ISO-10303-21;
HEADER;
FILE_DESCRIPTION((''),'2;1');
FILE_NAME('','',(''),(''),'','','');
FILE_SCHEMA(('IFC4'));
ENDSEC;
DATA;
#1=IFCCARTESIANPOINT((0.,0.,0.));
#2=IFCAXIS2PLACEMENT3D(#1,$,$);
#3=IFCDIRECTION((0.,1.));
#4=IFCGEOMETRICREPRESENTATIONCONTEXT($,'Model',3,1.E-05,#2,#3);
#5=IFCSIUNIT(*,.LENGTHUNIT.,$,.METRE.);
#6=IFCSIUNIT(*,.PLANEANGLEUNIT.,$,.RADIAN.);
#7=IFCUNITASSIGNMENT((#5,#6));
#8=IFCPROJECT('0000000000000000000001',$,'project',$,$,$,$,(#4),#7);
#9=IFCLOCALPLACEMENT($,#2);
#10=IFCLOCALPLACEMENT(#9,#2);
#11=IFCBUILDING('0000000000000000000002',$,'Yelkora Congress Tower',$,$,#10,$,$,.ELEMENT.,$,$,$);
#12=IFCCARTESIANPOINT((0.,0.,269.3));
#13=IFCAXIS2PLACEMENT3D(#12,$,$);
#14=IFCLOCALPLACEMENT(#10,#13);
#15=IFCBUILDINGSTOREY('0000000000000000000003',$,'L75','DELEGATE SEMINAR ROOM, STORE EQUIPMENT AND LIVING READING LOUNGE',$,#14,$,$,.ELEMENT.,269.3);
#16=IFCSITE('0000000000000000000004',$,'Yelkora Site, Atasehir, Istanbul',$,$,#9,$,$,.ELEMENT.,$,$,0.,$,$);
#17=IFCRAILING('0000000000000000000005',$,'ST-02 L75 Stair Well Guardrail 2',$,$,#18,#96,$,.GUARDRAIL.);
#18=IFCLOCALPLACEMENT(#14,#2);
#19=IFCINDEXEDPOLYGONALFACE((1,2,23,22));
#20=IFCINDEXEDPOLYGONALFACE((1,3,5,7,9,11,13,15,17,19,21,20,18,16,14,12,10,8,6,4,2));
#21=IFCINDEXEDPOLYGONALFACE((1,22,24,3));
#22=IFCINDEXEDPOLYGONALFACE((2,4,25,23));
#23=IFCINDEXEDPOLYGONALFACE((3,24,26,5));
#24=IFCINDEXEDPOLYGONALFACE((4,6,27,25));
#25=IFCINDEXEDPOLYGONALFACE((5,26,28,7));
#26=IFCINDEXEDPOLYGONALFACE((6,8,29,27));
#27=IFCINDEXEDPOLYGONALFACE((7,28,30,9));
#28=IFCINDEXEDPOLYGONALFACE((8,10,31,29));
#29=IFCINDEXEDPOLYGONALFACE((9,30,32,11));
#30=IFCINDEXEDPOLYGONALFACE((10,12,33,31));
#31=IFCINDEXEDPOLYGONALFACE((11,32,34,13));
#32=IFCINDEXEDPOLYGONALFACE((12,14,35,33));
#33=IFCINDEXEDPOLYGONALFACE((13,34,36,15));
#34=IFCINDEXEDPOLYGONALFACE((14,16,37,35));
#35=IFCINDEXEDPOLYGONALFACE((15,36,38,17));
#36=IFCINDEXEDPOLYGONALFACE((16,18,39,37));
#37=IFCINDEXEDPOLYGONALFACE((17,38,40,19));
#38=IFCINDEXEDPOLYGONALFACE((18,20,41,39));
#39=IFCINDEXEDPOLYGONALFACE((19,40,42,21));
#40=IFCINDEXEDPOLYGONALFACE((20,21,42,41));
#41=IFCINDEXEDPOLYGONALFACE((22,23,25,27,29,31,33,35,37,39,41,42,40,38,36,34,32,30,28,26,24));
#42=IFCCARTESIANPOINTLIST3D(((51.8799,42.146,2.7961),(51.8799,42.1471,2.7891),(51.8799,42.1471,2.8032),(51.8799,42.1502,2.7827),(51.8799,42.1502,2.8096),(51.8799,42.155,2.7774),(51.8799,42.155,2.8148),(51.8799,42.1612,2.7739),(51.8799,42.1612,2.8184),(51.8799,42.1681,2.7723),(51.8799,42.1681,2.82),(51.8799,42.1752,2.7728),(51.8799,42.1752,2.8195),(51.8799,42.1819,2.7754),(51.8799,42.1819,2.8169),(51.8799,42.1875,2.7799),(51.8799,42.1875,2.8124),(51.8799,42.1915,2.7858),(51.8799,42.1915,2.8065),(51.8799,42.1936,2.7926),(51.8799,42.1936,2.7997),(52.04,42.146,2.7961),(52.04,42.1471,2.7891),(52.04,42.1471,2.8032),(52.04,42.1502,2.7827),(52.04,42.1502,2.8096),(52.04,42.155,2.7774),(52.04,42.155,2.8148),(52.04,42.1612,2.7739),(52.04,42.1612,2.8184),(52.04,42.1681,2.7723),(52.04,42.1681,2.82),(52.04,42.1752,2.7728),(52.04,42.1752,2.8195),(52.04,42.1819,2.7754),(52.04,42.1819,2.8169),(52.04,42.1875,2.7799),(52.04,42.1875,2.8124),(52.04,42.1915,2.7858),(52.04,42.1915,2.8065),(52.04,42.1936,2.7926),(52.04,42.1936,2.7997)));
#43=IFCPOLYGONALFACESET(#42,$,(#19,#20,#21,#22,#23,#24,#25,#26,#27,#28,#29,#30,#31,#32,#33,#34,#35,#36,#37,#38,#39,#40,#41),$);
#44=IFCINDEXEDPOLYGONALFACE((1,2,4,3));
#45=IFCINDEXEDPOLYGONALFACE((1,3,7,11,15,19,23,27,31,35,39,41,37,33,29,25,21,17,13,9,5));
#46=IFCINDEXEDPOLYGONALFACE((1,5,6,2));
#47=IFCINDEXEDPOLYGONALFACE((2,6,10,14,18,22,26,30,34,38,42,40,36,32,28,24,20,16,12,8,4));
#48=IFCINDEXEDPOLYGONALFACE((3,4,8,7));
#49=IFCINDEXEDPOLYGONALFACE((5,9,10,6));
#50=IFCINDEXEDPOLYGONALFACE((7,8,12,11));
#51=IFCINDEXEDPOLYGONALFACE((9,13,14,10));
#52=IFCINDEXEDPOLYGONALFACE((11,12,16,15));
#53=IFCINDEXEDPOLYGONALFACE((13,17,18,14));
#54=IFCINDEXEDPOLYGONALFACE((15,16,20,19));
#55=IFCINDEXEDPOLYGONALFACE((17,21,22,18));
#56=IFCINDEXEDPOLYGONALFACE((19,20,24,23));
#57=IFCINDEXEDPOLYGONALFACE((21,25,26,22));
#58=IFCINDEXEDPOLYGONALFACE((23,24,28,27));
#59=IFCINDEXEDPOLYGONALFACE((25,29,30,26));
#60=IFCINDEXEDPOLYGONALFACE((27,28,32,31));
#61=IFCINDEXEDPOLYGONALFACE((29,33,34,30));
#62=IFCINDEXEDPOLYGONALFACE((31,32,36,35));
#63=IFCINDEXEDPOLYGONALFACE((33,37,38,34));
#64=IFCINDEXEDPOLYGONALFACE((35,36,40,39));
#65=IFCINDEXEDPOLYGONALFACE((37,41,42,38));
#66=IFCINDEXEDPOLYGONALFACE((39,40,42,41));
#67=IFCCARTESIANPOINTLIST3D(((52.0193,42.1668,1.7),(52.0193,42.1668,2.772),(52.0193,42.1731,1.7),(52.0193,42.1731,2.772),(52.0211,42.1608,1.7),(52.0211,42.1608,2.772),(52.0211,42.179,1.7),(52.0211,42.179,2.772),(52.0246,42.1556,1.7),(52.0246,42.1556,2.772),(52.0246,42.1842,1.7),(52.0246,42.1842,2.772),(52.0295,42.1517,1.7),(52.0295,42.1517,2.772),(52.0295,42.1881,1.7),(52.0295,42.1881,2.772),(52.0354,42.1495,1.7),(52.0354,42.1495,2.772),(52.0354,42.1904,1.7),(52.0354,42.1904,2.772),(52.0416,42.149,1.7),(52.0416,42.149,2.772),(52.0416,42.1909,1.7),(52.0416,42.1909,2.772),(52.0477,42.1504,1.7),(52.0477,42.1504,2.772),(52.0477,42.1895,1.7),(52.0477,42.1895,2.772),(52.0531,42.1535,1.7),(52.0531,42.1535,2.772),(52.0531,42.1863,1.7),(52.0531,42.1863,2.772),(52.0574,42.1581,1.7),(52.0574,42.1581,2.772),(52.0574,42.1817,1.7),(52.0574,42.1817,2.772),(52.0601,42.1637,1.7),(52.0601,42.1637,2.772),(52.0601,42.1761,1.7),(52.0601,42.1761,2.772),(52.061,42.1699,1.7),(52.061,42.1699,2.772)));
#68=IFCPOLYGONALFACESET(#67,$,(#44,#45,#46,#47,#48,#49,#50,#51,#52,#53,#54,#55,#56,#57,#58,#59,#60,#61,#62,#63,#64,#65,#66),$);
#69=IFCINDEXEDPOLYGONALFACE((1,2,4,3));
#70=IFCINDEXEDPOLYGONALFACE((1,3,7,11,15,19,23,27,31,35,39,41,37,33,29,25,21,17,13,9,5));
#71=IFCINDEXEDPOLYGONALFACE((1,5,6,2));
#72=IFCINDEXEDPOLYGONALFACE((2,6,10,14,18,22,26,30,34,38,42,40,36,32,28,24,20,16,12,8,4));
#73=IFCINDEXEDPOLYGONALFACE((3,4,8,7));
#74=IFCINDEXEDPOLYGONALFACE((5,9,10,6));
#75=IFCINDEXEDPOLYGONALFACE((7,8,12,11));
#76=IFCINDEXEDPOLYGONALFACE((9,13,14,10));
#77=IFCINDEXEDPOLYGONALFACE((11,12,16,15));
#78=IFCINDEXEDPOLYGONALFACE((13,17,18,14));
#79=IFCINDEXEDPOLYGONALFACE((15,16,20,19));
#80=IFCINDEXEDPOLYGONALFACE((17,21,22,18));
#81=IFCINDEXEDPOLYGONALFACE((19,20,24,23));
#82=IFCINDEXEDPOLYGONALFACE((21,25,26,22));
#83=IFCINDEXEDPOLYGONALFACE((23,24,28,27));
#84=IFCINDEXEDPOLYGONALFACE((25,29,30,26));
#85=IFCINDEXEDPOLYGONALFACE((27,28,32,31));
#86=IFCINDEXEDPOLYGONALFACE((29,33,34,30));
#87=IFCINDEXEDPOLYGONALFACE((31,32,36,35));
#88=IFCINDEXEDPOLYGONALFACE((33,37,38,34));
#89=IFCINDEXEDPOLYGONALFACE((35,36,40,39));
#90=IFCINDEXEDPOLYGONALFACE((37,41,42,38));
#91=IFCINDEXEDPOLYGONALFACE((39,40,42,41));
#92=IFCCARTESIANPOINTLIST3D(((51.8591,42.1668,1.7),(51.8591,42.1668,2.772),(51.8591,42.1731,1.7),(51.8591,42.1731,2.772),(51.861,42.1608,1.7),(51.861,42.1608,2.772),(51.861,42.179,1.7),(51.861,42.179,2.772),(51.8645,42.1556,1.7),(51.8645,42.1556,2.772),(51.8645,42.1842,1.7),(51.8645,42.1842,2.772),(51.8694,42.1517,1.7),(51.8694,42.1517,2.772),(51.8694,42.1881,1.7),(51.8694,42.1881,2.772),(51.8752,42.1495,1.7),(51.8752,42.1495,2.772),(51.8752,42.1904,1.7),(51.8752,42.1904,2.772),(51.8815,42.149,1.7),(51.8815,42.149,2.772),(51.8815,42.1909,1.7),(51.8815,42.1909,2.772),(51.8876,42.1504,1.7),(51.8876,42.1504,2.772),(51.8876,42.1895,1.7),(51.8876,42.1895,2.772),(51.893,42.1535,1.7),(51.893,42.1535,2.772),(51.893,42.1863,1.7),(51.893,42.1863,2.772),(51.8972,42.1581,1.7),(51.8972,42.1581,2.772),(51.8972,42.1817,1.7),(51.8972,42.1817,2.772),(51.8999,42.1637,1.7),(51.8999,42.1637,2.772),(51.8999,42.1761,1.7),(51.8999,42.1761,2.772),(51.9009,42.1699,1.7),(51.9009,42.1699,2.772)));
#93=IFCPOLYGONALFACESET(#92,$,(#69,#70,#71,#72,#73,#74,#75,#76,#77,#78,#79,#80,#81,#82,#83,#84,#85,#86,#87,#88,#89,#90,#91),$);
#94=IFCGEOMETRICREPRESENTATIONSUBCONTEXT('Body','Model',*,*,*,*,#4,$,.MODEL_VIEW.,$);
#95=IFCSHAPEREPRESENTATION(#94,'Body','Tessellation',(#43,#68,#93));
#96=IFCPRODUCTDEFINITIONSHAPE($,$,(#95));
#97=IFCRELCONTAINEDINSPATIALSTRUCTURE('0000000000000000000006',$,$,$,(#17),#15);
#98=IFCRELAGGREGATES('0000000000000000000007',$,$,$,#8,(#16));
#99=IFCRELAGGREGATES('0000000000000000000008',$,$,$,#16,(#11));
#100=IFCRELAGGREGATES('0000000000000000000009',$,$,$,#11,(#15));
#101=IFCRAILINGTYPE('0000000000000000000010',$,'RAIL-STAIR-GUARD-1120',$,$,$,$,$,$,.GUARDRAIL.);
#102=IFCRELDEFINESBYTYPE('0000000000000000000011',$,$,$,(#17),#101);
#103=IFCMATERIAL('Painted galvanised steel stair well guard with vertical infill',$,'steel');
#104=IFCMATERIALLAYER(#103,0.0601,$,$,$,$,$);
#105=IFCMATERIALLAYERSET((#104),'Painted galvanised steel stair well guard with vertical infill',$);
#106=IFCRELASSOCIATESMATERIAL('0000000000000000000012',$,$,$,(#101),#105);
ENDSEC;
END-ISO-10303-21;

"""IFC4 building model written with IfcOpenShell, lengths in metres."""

from ifc_helpers import new_model, si_unit, direction, frame, origin, origin_2d, place, context, subcontext, project, spatial, circle, extrude, material, layer, layer_set, type_object, element, save


model = new_model("IFC4")

# Units and contexts
model_context = context("Model", 3, precision=1e-05, world=origin(), true_north=direction((0.0, 1.0)))
body_context = subcontext(model_context, "Body", "Model", "MODEL_VIEW")
ifc_project = project(units=[si_unit("LENGTHUNIT", "METRE"), si_unit("PLANEANGLEUNIT", "RADIAN")], contexts=[model_context])

# Site, building, storey
site_placement = place(None, origin())
site = spatial("IfcSite", under=ifc_project, at=site_placement, Name="Yelkora Site, Atasehir, Istanbul", CompositionType="ELEMENT", RefElevation=0.0)
building_placement = place(site_placement, origin())
building = spatial("IfcBuilding", under=site, at=building_placement, Name="Yelkora Congress Tower", CompositionType="ELEMENT")
storey_placement = place(building_placement, frame((0.0, 0.0, 269.3)))
storey = spatial("IfcBuildingStorey", under=building, at=storey_placement, Name="L75", Description="DELEGATE SEMINAR ROOM, STORE EQUIPMENT AND LIVING READING LOUNGE", CompositionType="ELEMENT", Elevation=269.3)

# Railing
ifc_material_1 = material(Name="Painted galvanised steel stair well guard with vertical infill", Category="steel")
ifc_layer_1 = layer(ifc_material_1, 0.0601)
ifc_layer_set_1 = layer_set([ifc_layer_1], Name="Painted galvanised steel stair well guard with vertical infill")
railing_type_1 = type_object("IfcRailingType", Name="RAIL-STAIR-GUARD-1120", PredefinedType="GUARDRAIL", material=ifc_layer_set_1)
railing_1_placement = place(storey_placement, frame((52.04, 42.1699, 1.7)))
element("IfcRailing", 1, at=railing_1_placement, inside=storey, type_object=railing_type_1, Name="ST-02 L75 Stair Well Guardrail 2", PredefinedType="GUARDRAIL", context=body_context, shape_type="SweptSolid", body=[
    extrude(circle(Radius=0.0239, at=origin_2d()), frame((0.0, 0.0, 1.0962), z_axis=(-1.0, 0.0, 0.0), x_axis=(0.0, -1.0, 0.0)), (0.0, 0.0, 1.0), 0.1602),
    extrude(circle(Radius=0.021, at=origin_2d()), origin(), (0.0, 0.0, 1.0), 1.072),
    extrude(circle(Radius=0.021, at=origin_2d()), frame((-0.1602, 0.0, 0.0)), (0.0, 0.0, 1.0), 1.072),
])

save(model, "model.ifc")
